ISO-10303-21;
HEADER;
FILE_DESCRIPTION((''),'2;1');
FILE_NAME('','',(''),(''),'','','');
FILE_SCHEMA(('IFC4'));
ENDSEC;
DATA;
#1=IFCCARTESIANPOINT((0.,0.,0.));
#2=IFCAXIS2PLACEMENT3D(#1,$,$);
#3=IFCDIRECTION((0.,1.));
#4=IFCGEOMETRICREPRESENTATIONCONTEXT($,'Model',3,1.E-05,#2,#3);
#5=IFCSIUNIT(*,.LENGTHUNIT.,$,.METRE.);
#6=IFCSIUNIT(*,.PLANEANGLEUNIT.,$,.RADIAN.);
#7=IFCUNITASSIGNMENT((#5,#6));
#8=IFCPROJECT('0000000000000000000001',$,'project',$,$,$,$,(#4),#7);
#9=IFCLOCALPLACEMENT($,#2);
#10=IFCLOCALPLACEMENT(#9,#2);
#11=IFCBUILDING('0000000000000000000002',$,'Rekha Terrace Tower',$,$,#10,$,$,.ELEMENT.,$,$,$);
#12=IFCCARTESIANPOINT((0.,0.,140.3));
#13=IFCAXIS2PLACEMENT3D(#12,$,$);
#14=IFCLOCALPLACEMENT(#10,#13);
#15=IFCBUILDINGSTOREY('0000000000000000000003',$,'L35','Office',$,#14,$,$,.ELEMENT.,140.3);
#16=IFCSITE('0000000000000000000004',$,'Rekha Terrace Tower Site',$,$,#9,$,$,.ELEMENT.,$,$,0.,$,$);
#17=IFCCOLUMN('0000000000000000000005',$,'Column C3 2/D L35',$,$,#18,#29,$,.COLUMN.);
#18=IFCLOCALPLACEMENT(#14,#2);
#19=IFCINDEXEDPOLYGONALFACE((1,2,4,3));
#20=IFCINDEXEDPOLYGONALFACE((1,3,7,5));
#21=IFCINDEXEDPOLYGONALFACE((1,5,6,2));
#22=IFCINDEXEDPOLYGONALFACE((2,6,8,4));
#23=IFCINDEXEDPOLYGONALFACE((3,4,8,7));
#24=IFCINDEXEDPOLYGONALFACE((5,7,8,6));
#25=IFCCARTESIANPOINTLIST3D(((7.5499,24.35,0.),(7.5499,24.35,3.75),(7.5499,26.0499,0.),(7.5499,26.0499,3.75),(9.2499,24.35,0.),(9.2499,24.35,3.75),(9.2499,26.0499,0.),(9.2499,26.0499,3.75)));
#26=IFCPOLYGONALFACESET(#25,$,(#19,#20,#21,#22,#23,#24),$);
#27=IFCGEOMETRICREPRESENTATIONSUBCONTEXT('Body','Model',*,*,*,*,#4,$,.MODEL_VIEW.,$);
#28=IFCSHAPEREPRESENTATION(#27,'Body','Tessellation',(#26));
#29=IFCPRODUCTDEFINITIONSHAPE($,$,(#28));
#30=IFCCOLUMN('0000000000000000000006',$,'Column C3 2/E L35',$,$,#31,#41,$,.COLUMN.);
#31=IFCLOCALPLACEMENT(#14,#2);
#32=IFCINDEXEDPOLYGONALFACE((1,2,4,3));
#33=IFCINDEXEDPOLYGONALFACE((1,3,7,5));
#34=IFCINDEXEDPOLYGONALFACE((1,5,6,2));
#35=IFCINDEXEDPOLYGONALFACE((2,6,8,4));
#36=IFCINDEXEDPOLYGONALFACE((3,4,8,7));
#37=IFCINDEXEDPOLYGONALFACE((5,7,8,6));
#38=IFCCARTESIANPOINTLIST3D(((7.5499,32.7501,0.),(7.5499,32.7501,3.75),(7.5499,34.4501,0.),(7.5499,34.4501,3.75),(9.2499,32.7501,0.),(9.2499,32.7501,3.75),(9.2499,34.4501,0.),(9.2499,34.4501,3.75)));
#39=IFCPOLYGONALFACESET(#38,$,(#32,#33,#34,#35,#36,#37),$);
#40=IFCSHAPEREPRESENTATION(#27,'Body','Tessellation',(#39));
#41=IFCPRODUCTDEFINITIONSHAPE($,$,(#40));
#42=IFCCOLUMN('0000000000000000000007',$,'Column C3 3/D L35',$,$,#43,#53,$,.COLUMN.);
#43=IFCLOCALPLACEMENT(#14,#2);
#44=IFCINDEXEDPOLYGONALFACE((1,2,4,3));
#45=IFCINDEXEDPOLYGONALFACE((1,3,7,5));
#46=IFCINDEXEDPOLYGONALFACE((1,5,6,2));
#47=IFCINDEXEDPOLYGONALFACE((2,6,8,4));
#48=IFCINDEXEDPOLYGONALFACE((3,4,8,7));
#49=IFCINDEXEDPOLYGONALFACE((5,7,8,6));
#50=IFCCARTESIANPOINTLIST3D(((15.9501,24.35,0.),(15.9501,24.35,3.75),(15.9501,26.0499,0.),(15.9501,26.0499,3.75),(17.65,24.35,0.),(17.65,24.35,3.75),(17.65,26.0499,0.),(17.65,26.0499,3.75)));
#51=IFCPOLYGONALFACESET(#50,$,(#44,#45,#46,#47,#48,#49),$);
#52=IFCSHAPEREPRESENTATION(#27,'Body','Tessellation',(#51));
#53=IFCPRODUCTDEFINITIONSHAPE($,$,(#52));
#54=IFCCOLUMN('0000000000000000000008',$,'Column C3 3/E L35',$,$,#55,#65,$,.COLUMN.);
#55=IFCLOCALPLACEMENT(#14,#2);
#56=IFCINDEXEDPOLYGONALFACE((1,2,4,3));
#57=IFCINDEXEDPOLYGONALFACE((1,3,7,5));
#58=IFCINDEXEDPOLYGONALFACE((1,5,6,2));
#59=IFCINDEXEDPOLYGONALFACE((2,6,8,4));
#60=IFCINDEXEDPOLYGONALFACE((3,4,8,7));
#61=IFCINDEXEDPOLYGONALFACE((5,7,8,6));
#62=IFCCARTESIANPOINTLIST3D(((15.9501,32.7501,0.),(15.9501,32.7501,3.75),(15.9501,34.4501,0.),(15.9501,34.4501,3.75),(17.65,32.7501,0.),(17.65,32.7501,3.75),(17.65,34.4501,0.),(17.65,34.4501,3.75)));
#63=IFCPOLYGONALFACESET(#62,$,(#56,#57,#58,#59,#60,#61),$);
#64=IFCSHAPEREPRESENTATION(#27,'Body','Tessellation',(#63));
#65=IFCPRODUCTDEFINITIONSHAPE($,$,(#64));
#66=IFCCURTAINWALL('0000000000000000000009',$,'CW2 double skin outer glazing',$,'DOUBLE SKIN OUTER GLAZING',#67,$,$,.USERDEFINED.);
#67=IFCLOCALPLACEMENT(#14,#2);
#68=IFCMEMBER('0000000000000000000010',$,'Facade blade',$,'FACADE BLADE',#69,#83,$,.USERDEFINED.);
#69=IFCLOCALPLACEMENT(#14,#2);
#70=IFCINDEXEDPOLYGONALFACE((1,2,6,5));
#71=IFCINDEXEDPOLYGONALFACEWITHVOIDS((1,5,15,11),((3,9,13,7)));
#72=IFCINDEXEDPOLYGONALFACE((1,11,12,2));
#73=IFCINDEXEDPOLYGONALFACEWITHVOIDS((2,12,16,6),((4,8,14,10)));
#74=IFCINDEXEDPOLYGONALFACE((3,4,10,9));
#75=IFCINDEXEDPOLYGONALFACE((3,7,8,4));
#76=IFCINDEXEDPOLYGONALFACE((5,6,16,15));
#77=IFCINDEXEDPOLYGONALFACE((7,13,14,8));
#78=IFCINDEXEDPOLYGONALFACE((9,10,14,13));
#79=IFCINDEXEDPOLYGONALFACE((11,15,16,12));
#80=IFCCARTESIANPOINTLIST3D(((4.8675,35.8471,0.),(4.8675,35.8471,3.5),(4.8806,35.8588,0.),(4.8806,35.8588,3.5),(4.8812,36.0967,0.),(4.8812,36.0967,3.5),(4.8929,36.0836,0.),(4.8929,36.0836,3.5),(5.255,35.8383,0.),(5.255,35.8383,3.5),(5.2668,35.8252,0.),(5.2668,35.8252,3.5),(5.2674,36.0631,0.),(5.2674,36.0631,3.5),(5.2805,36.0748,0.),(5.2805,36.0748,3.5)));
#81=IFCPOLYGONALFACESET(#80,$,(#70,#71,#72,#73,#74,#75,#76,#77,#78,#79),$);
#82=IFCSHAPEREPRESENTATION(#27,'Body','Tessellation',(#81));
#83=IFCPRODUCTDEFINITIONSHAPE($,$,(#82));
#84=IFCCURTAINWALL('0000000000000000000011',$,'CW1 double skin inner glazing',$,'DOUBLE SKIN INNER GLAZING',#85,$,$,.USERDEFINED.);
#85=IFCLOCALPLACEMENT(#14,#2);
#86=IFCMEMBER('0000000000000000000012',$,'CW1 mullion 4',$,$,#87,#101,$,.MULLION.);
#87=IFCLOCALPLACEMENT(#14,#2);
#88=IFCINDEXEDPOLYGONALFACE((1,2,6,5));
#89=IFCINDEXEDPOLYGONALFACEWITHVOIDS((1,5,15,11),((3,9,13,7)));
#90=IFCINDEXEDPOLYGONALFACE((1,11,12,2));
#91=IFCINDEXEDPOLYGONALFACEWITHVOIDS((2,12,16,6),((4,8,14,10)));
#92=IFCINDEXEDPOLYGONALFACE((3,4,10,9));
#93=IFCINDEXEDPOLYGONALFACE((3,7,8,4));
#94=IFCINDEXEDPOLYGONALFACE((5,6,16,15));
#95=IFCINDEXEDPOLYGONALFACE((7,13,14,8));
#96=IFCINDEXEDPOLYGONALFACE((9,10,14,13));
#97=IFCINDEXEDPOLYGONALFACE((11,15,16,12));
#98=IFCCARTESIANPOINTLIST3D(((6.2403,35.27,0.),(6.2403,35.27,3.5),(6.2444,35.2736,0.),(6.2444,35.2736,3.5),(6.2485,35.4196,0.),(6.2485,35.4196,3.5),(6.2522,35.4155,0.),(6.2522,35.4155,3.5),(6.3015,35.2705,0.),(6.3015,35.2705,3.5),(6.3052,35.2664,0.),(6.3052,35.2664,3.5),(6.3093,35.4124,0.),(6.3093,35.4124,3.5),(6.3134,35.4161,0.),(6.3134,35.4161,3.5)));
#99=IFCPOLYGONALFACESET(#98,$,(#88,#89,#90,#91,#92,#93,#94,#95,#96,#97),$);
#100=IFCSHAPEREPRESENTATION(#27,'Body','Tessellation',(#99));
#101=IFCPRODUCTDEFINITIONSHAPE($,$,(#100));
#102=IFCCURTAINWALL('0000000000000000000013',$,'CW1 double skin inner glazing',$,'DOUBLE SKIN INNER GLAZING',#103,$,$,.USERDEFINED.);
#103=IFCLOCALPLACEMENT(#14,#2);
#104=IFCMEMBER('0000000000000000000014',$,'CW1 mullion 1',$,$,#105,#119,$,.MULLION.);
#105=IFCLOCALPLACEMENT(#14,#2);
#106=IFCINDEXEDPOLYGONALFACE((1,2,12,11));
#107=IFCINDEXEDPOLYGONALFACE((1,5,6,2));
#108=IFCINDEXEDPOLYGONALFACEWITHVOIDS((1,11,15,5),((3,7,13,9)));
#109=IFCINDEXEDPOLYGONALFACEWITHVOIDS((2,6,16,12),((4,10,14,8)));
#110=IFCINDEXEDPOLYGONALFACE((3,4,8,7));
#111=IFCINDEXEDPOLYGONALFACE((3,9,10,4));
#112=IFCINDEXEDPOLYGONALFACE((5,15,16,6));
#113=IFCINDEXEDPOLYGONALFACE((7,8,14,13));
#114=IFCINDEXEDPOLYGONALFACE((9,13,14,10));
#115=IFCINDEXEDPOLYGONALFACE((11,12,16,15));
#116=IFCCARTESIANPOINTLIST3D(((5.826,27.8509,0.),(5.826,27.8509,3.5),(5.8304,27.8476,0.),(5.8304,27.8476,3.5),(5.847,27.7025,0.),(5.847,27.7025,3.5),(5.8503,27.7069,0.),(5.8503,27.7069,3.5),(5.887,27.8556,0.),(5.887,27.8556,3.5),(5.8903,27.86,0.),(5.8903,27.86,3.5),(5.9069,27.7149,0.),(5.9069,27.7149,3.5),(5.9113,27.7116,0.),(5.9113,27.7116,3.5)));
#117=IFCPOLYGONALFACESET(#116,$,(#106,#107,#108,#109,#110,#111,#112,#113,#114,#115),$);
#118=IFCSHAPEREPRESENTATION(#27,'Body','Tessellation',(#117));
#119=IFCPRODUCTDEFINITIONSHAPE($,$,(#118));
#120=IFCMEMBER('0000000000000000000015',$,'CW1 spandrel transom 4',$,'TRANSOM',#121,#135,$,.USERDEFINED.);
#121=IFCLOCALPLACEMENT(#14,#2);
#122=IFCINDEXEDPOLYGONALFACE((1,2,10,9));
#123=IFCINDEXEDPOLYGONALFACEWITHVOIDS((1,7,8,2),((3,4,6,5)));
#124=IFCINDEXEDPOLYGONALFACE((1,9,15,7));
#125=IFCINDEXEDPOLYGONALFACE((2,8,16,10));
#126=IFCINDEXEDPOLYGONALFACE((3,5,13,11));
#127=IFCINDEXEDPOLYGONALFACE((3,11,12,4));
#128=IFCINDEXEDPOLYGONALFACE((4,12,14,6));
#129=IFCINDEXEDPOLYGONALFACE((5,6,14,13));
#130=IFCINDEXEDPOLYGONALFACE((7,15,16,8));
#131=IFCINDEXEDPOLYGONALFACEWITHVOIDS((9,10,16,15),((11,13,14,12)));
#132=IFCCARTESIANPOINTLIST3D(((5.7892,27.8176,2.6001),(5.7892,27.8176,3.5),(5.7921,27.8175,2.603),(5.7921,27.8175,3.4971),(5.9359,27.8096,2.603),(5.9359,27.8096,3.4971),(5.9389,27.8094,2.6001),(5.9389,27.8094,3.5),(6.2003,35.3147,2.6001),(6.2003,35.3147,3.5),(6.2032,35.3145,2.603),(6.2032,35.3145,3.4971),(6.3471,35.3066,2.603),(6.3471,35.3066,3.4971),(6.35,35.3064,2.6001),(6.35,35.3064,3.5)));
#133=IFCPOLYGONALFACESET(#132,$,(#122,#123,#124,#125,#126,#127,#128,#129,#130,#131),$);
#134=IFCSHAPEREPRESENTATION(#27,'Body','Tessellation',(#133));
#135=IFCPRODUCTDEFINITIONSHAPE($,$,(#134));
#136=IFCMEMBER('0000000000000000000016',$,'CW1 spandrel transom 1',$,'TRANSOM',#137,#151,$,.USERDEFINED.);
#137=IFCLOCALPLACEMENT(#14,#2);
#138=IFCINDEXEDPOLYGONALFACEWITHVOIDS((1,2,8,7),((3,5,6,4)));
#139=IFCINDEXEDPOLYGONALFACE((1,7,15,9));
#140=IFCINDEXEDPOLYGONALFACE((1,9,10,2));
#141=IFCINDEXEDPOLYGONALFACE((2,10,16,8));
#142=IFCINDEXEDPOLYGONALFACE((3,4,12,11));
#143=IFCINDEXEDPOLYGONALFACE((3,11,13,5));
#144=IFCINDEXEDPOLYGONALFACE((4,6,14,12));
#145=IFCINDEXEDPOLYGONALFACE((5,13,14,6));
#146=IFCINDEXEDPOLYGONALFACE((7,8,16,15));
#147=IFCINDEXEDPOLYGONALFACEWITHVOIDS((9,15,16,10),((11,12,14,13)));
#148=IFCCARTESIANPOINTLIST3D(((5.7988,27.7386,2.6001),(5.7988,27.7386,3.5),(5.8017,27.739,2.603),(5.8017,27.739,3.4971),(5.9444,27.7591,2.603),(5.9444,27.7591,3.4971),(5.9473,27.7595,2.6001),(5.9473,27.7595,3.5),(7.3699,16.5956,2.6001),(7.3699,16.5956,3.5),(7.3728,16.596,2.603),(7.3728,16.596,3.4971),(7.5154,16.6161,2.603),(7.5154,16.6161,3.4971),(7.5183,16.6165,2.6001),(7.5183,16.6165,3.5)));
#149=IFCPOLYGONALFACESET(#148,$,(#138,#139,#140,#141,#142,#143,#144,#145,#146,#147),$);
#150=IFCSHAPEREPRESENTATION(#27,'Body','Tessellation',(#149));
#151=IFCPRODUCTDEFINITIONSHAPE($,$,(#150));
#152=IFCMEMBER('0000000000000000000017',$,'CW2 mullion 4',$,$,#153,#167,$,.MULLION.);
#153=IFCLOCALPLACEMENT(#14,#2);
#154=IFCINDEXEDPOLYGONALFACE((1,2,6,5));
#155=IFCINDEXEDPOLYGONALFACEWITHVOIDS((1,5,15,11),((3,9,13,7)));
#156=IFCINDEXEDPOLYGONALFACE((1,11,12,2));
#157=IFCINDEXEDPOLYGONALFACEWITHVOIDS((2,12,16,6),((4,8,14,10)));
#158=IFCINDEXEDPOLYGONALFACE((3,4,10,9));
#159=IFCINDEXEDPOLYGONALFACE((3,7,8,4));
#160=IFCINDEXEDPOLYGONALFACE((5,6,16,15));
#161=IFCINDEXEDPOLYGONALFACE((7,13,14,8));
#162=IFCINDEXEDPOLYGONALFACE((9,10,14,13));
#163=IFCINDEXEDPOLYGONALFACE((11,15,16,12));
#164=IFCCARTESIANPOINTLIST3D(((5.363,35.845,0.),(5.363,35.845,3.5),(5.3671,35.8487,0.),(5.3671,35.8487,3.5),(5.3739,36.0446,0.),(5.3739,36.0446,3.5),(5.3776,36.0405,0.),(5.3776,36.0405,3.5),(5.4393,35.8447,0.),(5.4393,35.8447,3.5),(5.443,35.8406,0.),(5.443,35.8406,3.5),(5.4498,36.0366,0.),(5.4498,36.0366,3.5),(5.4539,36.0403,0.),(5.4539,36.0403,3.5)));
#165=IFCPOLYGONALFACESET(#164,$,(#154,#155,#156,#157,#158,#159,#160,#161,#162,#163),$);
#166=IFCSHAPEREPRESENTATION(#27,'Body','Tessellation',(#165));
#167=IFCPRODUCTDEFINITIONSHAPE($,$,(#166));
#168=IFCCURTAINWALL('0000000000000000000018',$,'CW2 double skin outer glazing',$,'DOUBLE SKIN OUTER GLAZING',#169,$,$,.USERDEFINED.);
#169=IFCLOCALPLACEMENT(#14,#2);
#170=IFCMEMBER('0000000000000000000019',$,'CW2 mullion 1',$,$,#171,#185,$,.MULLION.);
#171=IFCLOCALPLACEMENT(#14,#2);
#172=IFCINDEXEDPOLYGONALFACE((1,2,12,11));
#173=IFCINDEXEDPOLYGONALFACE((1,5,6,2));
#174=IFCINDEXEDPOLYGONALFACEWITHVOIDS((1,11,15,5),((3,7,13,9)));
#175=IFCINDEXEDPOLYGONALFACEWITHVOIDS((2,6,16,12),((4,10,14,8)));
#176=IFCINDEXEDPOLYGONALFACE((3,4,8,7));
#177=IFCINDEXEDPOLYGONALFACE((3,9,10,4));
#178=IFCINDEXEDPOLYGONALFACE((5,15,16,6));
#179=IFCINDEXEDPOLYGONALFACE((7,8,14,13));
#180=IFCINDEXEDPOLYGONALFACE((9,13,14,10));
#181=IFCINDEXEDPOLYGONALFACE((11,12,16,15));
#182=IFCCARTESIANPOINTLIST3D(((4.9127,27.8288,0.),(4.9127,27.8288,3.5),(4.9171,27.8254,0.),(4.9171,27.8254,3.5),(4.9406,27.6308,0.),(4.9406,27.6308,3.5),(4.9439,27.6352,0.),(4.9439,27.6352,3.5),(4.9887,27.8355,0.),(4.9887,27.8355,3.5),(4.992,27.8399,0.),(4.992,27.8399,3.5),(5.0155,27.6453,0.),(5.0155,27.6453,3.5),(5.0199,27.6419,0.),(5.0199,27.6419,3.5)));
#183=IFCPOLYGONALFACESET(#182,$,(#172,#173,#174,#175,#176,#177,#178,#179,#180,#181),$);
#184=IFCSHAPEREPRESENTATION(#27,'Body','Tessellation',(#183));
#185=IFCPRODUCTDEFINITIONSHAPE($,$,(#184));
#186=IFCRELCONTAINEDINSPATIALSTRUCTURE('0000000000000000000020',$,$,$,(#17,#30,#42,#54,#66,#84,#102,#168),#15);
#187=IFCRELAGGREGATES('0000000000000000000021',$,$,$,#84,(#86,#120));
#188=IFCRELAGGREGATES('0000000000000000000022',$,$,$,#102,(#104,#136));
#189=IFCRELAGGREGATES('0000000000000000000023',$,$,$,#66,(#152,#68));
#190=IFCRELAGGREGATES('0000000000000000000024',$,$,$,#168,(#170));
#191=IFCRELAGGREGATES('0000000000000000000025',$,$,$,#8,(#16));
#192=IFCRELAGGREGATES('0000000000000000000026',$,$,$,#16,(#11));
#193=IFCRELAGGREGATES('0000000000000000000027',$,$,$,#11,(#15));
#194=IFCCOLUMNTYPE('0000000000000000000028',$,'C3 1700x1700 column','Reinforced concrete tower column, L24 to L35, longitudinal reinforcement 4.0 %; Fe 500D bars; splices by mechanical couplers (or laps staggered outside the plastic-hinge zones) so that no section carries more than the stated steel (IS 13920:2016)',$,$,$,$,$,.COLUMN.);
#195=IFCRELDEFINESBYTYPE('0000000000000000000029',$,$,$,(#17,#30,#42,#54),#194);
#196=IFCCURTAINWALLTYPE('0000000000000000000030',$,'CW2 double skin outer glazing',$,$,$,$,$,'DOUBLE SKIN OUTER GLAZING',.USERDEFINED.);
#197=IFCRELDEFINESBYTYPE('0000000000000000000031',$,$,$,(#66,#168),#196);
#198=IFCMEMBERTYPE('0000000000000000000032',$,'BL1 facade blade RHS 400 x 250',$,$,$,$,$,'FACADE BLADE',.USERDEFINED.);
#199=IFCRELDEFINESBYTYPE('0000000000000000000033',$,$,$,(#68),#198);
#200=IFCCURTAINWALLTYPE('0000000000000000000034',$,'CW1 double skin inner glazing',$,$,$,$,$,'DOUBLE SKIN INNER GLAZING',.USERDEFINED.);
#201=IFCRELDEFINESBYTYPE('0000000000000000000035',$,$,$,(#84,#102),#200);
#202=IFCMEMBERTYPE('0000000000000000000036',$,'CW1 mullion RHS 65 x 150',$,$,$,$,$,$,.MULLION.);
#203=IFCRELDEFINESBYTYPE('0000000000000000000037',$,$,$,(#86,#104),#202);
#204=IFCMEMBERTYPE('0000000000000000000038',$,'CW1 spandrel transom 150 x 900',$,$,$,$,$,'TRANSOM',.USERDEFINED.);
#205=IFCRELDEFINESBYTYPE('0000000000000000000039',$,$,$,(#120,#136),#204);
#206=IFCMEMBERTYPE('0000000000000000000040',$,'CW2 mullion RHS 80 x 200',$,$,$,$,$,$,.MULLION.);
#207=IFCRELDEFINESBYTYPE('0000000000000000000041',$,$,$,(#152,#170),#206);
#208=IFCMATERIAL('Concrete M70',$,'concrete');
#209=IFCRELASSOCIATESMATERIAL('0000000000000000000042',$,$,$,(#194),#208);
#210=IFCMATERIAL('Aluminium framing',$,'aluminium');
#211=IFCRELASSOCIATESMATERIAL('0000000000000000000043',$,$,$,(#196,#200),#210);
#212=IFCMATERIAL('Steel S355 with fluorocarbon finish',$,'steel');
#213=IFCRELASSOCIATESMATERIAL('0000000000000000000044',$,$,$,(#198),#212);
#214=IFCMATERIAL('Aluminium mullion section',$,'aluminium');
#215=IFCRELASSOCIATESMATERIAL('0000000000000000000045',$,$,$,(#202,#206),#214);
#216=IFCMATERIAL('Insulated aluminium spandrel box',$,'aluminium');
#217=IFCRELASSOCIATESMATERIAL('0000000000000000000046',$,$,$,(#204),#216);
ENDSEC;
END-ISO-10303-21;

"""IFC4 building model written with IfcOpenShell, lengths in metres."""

from ifc_helpers import new_model, si_unit, direction, frame, origin, origin_2d, place, context, subcontext, project, spatial, rectangle, hollow_rectangle, extrude, material, material_profile, profile_set, type_object, element, aggregate, save


model = new_model("IFC4")

# Units and contexts
model_context = context("Model", 3, precision=1e-05, world=origin(), true_north=direction((0.0, 1.0)))
body_context = subcontext(model_context, "Body", "Model", "MODEL_VIEW")
ifc_project = project(units=[si_unit("LENGTHUNIT", "METRE"), si_unit("PLANEANGLEUNIT", "RADIAN")], contexts=[model_context])

# Site, building, storey
site_placement = place(None, origin())
site = spatial("IfcSite", under=ifc_project, at=site_placement, Name="Rekha Terrace Tower Site", CompositionType="ELEMENT", RefElevation=0.0)
building_placement = place(site_placement, origin())
building = spatial("IfcBuilding", under=site, at=building_placement, Name="Rekha Terrace Tower", CompositionType="ELEMENT")
storey_placement = place(building_placement, frame((0.0, 0.0, 140.3)))
storey = spatial("IfcBuildingStorey", under=building, at=storey_placement, Name="L35", Description="Office", CompositionType="ELEMENT", Elevation=140.3)

# Columns
ifc_material_1 = material(Name="Concrete M70", Category="concrete")
ifc_material_profile_1 = material_profile(ifc_material_1, rectangle(XDim=1.7, YDim=1.7, at=origin_2d()), Name="RC 1700x1700")
ifc_profile_set_1 = profile_set([ifc_material_profile_1], Name="Concrete M70")
column_type = type_object("IfcColumnType", Name="C3 1700x1700 column", Description="Reinforced concrete tower column, L24 to L35, longitudinal reinforcement 4.0 %; Fe 500D bars; splices by mechanical couplers (or laps staggered outside the plastic-hinge zones) so that no section carries more than the stated steel (IS 13920:2016)", PredefinedType="COLUMN", material=ifc_profile_set_1)
for number, where, z_axis, x_axis, name in (
    (1, (8.3999, 25.2, 0.0), (0.0, 0.0, 1.0), (1.0, 0.0, 0.0), "Column C3 2/D L35"),
    (2, (8.3999, 33.6001, 0.0), (0.0, 0.0, 1.0), (1.0, 0.0, 0.0), "Column C3 2/E L35"),
    (3, (16.8, 25.2, 0.0), (0.0, 0.0, 1.0), (1.0, 0.0, 0.0), "Column C3 3/D L35"),
    (4, (16.8, 33.6001, 0.0), (0.0, 0.0, 1.0), (1.0, 0.0, 0.0), "Column C3 3/E L35"),
):
    element("IfcColumn", number, at=place(storey_placement, frame(where, z_axis=z_axis, x_axis=x_axis)), inside=storey, type_object=column_type, Name=name, PredefinedType="COLUMN", context=body_context, shape_type="SweptSolid", body=[
        extrude(rectangle(XDim=1.7, YDim=1.7, at=origin_2d()), origin(), (0.0, 0.0, 1.0), 3.75),
    ])

# Curtain walls, members
ifc_material_2 = material(Name="Aluminium framing", Category="aluminium")
curtain_wall_type_1 = type_object("IfcCurtainWallType", Name="CW2 double skin outer glazing", ElementType="DOUBLE SKIN OUTER GLAZING", PredefinedType="USERDEFINED", material=ifc_material_2)
curtain_wall_1_placement = place(storey_placement, origin())
curtain_wall_1 = element("IfcCurtainWall", 5, at=curtain_wall_1_placement, inside=storey, type_object=curtain_wall_type_1, Name="CW2 double skin outer glazing", ObjectType="DOUBLE SKIN OUTER GLAZING", PredefinedType="USERDEFINED")
ifc_material_3 = material(Name="Steel S355 with fluorocarbon finish", Category="steel")
ifc_material_profile_2 = material_profile(ifc_material_3, hollow_rectangle(XDim=0.25, YDim=0.3999, WallThickness=0.0125, at=origin_2d()), Name="RHS400x250x12.5")
ifc_profile_set_2 = profile_set([ifc_material_profile_2], Name="Steel S355 with fluorocarbon finish")
member_type_1 = type_object("IfcMemberType", Name="BL1 facade blade RHS 400 x 250", ElementType="FACADE BLADE", PredefinedType="USERDEFINED", material=ifc_profile_set_2)
member_1_placement = place(storey_placement, frame((5.074, 35.9609, 0.0), z_axis=(0.0, 0.0, 1.0), x_axis=(-0.054743, -0.9985, 0.0)))
member_1 = element("IfcMember", 6, at=member_1_placement, type_object=member_type_1, Name="Facade blade", ObjectType="FACADE BLADE", PredefinedType="USERDEFINED", context=body_context, shape_type="SweptSolid", body=[
    extrude(hollow_rectangle(XDim=0.25, YDim=0.3999, WallThickness=0.0125, at=origin_2d()), origin(), (0.0, 0.0, 1.0), 3.5),
])
curtain_wall_type_2 = type_object("IfcCurtainWallType", Name="CW1 double skin inner glazing", ElementType="DOUBLE SKIN INNER GLAZING", PredefinedType="USERDEFINED", material=ifc_material_2)
curtain_wall_2_placement = place(storey_placement, origin())
curtain_wall_2 = element("IfcCurtainWall", 7, at=curtain_wall_2_placement, inside=storey, type_object=curtain_wall_type_2, Name="CW1 double skin inner glazing", ObjectType="DOUBLE SKIN INNER GLAZING", PredefinedType="USERDEFINED")
ifc_material_4 = material(Name="Aluminium mullion section", Category="aluminium")
ifc_material_profile_3 = material_profile(ifc_material_4, hollow_rectangle(XDim=0.0649, YDim=0.1499, WallThickness=0.0039, at=origin_2d()), Name="AL RHS 65x150")
ifc_profile_set_3 = profile_set([ifc_material_profile_3], Name="Aluminium mullion section")
member_type_2 = type_object("IfcMemberType", Name="CW1 mullion RHS 65 x 150", PredefinedType="MULLION", material=ifc_profile_set_3)
member_2_placement = place(storey_placement, frame((6.2769, 35.343, 0.0), z_axis=(0.0, 0.0, 1.0), x_axis=(0.998501, -0.054742, 0.0)))
member_2 = element("IfcMember", 8, at=member_2_placement, type_object=member_type_2, Name="CW1 mullion 4", PredefinedType="MULLION", context=body_context, shape_type="SweptSolid", body=[
    extrude(hollow_rectangle(XDim=0.0649, YDim=0.1499, WallThickness=0.0039, at=origin_2d()), origin(), (0.0, 0.0, 1.0), 3.5),
])
curtain_wall_3_placement = place(storey_placement, origin())
curtain_wall_3 = element("IfcCurtainWall", 9, at=curtain_wall_3_placement, inside=storey, type_object=curtain_wall_type_2, Name="CW1 double skin inner glazing", ObjectType="DOUBLE SKIN INNER GLAZING", PredefinedType="USERDEFINED")
member_3_placement = place(storey_placement, frame((5.8687, 27.7812, 0.0), z_axis=(0.0, 0.0, 1.0), x_axis=(0.990208, 0.139597, 0.0)))
member_3 = element("IfcMember", 10, at=member_3_placement, type_object=member_type_2, Name="CW1 mullion 1", PredefinedType="MULLION", context=body_context, shape_type="SweptSolid", body=[
    extrude(hollow_rectangle(XDim=0.0649, YDim=0.1499, WallThickness=0.0039, at=origin_2d()), origin(), (0.0, 0.0, 1.0), 3.5),
])

# Members
ifc_material_5 = material(Name="Insulated aluminium spandrel box", Category="aluminium")
ifc_material_profile_4 = material_profile(ifc_material_5, hollow_rectangle(XDim=0.1499, YDim=0.8999, WallThickness=0.0029, at=origin_2d()), Name="AL SPANDREL BOX 150x900")
ifc_profile_set_4 = profile_set([ifc_material_profile_4], Name="Insulated aluminium spandrel box")
member_type_3 = type_object("IfcMemberType", Name="CW1 spandrel transom 150 x 900", ElementType="TRANSOM", PredefinedType="USERDEFINED", material=ifc_profile_set_4)
member_4_placement = place(storey_placement, frame((6.2751, 35.3105, 3.05), z_axis=(-0.054757, -0.9985, 0.0), x_axis=(0.9985, -0.054757, 0.0)))
member_4 = element("IfcMember", 11, at=member_4_placement, type_object=member_type_3, Name="CW1 spandrel transom 4", ObjectType="TRANSOM", PredefinedType="USERDEFINED", context=body_context, shape_type="SweptSolid", body=[
    extrude(hollow_rectangle(XDim=0.1499, YDim=0.8999, WallThickness=0.0029, at=origin_2d()), origin(), (0.0, 0.0, 1.0), 7.5083),
])
member_5_placement = place(storey_placement, frame((5.873, 27.749, 3.05), z_axis=(0.139608, -0.990207, 0.0), x_axis=(0.990207, 0.139608, 0.0)))
member_5 = element("IfcMember", 12, at=member_5_placement, type_object=member_type_3, Name="CW1 spandrel transom 1", ObjectType="TRANSOM", PredefinedType="USERDEFINED", context=body_context, shape_type="SweptSolid", body=[
    extrude(hollow_rectangle(XDim=0.1499, YDim=0.8999, WallThickness=0.0029, at=origin_2d()), origin(), (0.0, 0.0, 1.0), 11.2532),
])
ifc_material_profile_5 = material_profile(ifc_material_4, hollow_rectangle(XDim=0.0801, YDim=0.2, WallThickness=0.0039, at=origin_2d()), Name="AL RHS 80x200")
ifc_profile_set_5 = profile_set([ifc_material_profile_5], Name="Aluminium mullion section")
member_type_4 = type_object("IfcMemberType", Name="CW2 mullion RHS 80 x 200", PredefinedType="MULLION", material=ifc_profile_set_5)
member_6_placement = place(storey_placement, frame((5.4084, 35.9426, 0.0), z_axis=(0.0, 0.0, 1.0), x_axis=(0.998501, -0.054742, 0.0)))
member_6 = element("IfcMember", 13, at=member_6_placement, type_object=member_type_4, Name="CW2 mullion 4", PredefinedType="MULLION", context=body_context, shape_type="SweptSolid", body=[
    extrude(hollow_rectangle(XDim=0.0801, YDim=0.2, WallThickness=0.0039, at=origin_2d()), origin(), (0.0, 0.0, 1.0), 3.5),
])

# Curtain wall, member
curtain_wall_4_placement = place(storey_placement, origin())
curtain_wall_4 = element("IfcCurtainWall", 14, at=curtain_wall_4_placement, inside=storey, type_object=curtain_wall_type_1, Name="CW2 double skin outer glazing", ObjectType="DOUBLE SKIN OUTER GLAZING", PredefinedType="USERDEFINED")
member_7_placement = place(storey_placement, frame((4.9663, 27.7354, 0.0), z_axis=(0.0, 0.0, 1.0), x_axis=(0.990208, 0.139597, 0.0)))
member_7 = element("IfcMember", 15, at=member_7_placement, type_object=member_type_4, Name="CW2 mullion 1", PredefinedType="MULLION", context=body_context, shape_type="SweptSolid", body=[
    extrude(hollow_rectangle(XDim=0.0801, YDim=0.2, WallThickness=0.0039, at=origin_2d()), origin(), (0.0, 0.0, 1.0), 3.5),
])

aggregate(curtain_wall_2, [member_2, member_4])
aggregate(curtain_wall_3, [member_3, member_5])
aggregate(curtain_wall_1, [member_6, member_1])
aggregate(curtain_wall_4, [member_7])

save(model, "model.ifc")
